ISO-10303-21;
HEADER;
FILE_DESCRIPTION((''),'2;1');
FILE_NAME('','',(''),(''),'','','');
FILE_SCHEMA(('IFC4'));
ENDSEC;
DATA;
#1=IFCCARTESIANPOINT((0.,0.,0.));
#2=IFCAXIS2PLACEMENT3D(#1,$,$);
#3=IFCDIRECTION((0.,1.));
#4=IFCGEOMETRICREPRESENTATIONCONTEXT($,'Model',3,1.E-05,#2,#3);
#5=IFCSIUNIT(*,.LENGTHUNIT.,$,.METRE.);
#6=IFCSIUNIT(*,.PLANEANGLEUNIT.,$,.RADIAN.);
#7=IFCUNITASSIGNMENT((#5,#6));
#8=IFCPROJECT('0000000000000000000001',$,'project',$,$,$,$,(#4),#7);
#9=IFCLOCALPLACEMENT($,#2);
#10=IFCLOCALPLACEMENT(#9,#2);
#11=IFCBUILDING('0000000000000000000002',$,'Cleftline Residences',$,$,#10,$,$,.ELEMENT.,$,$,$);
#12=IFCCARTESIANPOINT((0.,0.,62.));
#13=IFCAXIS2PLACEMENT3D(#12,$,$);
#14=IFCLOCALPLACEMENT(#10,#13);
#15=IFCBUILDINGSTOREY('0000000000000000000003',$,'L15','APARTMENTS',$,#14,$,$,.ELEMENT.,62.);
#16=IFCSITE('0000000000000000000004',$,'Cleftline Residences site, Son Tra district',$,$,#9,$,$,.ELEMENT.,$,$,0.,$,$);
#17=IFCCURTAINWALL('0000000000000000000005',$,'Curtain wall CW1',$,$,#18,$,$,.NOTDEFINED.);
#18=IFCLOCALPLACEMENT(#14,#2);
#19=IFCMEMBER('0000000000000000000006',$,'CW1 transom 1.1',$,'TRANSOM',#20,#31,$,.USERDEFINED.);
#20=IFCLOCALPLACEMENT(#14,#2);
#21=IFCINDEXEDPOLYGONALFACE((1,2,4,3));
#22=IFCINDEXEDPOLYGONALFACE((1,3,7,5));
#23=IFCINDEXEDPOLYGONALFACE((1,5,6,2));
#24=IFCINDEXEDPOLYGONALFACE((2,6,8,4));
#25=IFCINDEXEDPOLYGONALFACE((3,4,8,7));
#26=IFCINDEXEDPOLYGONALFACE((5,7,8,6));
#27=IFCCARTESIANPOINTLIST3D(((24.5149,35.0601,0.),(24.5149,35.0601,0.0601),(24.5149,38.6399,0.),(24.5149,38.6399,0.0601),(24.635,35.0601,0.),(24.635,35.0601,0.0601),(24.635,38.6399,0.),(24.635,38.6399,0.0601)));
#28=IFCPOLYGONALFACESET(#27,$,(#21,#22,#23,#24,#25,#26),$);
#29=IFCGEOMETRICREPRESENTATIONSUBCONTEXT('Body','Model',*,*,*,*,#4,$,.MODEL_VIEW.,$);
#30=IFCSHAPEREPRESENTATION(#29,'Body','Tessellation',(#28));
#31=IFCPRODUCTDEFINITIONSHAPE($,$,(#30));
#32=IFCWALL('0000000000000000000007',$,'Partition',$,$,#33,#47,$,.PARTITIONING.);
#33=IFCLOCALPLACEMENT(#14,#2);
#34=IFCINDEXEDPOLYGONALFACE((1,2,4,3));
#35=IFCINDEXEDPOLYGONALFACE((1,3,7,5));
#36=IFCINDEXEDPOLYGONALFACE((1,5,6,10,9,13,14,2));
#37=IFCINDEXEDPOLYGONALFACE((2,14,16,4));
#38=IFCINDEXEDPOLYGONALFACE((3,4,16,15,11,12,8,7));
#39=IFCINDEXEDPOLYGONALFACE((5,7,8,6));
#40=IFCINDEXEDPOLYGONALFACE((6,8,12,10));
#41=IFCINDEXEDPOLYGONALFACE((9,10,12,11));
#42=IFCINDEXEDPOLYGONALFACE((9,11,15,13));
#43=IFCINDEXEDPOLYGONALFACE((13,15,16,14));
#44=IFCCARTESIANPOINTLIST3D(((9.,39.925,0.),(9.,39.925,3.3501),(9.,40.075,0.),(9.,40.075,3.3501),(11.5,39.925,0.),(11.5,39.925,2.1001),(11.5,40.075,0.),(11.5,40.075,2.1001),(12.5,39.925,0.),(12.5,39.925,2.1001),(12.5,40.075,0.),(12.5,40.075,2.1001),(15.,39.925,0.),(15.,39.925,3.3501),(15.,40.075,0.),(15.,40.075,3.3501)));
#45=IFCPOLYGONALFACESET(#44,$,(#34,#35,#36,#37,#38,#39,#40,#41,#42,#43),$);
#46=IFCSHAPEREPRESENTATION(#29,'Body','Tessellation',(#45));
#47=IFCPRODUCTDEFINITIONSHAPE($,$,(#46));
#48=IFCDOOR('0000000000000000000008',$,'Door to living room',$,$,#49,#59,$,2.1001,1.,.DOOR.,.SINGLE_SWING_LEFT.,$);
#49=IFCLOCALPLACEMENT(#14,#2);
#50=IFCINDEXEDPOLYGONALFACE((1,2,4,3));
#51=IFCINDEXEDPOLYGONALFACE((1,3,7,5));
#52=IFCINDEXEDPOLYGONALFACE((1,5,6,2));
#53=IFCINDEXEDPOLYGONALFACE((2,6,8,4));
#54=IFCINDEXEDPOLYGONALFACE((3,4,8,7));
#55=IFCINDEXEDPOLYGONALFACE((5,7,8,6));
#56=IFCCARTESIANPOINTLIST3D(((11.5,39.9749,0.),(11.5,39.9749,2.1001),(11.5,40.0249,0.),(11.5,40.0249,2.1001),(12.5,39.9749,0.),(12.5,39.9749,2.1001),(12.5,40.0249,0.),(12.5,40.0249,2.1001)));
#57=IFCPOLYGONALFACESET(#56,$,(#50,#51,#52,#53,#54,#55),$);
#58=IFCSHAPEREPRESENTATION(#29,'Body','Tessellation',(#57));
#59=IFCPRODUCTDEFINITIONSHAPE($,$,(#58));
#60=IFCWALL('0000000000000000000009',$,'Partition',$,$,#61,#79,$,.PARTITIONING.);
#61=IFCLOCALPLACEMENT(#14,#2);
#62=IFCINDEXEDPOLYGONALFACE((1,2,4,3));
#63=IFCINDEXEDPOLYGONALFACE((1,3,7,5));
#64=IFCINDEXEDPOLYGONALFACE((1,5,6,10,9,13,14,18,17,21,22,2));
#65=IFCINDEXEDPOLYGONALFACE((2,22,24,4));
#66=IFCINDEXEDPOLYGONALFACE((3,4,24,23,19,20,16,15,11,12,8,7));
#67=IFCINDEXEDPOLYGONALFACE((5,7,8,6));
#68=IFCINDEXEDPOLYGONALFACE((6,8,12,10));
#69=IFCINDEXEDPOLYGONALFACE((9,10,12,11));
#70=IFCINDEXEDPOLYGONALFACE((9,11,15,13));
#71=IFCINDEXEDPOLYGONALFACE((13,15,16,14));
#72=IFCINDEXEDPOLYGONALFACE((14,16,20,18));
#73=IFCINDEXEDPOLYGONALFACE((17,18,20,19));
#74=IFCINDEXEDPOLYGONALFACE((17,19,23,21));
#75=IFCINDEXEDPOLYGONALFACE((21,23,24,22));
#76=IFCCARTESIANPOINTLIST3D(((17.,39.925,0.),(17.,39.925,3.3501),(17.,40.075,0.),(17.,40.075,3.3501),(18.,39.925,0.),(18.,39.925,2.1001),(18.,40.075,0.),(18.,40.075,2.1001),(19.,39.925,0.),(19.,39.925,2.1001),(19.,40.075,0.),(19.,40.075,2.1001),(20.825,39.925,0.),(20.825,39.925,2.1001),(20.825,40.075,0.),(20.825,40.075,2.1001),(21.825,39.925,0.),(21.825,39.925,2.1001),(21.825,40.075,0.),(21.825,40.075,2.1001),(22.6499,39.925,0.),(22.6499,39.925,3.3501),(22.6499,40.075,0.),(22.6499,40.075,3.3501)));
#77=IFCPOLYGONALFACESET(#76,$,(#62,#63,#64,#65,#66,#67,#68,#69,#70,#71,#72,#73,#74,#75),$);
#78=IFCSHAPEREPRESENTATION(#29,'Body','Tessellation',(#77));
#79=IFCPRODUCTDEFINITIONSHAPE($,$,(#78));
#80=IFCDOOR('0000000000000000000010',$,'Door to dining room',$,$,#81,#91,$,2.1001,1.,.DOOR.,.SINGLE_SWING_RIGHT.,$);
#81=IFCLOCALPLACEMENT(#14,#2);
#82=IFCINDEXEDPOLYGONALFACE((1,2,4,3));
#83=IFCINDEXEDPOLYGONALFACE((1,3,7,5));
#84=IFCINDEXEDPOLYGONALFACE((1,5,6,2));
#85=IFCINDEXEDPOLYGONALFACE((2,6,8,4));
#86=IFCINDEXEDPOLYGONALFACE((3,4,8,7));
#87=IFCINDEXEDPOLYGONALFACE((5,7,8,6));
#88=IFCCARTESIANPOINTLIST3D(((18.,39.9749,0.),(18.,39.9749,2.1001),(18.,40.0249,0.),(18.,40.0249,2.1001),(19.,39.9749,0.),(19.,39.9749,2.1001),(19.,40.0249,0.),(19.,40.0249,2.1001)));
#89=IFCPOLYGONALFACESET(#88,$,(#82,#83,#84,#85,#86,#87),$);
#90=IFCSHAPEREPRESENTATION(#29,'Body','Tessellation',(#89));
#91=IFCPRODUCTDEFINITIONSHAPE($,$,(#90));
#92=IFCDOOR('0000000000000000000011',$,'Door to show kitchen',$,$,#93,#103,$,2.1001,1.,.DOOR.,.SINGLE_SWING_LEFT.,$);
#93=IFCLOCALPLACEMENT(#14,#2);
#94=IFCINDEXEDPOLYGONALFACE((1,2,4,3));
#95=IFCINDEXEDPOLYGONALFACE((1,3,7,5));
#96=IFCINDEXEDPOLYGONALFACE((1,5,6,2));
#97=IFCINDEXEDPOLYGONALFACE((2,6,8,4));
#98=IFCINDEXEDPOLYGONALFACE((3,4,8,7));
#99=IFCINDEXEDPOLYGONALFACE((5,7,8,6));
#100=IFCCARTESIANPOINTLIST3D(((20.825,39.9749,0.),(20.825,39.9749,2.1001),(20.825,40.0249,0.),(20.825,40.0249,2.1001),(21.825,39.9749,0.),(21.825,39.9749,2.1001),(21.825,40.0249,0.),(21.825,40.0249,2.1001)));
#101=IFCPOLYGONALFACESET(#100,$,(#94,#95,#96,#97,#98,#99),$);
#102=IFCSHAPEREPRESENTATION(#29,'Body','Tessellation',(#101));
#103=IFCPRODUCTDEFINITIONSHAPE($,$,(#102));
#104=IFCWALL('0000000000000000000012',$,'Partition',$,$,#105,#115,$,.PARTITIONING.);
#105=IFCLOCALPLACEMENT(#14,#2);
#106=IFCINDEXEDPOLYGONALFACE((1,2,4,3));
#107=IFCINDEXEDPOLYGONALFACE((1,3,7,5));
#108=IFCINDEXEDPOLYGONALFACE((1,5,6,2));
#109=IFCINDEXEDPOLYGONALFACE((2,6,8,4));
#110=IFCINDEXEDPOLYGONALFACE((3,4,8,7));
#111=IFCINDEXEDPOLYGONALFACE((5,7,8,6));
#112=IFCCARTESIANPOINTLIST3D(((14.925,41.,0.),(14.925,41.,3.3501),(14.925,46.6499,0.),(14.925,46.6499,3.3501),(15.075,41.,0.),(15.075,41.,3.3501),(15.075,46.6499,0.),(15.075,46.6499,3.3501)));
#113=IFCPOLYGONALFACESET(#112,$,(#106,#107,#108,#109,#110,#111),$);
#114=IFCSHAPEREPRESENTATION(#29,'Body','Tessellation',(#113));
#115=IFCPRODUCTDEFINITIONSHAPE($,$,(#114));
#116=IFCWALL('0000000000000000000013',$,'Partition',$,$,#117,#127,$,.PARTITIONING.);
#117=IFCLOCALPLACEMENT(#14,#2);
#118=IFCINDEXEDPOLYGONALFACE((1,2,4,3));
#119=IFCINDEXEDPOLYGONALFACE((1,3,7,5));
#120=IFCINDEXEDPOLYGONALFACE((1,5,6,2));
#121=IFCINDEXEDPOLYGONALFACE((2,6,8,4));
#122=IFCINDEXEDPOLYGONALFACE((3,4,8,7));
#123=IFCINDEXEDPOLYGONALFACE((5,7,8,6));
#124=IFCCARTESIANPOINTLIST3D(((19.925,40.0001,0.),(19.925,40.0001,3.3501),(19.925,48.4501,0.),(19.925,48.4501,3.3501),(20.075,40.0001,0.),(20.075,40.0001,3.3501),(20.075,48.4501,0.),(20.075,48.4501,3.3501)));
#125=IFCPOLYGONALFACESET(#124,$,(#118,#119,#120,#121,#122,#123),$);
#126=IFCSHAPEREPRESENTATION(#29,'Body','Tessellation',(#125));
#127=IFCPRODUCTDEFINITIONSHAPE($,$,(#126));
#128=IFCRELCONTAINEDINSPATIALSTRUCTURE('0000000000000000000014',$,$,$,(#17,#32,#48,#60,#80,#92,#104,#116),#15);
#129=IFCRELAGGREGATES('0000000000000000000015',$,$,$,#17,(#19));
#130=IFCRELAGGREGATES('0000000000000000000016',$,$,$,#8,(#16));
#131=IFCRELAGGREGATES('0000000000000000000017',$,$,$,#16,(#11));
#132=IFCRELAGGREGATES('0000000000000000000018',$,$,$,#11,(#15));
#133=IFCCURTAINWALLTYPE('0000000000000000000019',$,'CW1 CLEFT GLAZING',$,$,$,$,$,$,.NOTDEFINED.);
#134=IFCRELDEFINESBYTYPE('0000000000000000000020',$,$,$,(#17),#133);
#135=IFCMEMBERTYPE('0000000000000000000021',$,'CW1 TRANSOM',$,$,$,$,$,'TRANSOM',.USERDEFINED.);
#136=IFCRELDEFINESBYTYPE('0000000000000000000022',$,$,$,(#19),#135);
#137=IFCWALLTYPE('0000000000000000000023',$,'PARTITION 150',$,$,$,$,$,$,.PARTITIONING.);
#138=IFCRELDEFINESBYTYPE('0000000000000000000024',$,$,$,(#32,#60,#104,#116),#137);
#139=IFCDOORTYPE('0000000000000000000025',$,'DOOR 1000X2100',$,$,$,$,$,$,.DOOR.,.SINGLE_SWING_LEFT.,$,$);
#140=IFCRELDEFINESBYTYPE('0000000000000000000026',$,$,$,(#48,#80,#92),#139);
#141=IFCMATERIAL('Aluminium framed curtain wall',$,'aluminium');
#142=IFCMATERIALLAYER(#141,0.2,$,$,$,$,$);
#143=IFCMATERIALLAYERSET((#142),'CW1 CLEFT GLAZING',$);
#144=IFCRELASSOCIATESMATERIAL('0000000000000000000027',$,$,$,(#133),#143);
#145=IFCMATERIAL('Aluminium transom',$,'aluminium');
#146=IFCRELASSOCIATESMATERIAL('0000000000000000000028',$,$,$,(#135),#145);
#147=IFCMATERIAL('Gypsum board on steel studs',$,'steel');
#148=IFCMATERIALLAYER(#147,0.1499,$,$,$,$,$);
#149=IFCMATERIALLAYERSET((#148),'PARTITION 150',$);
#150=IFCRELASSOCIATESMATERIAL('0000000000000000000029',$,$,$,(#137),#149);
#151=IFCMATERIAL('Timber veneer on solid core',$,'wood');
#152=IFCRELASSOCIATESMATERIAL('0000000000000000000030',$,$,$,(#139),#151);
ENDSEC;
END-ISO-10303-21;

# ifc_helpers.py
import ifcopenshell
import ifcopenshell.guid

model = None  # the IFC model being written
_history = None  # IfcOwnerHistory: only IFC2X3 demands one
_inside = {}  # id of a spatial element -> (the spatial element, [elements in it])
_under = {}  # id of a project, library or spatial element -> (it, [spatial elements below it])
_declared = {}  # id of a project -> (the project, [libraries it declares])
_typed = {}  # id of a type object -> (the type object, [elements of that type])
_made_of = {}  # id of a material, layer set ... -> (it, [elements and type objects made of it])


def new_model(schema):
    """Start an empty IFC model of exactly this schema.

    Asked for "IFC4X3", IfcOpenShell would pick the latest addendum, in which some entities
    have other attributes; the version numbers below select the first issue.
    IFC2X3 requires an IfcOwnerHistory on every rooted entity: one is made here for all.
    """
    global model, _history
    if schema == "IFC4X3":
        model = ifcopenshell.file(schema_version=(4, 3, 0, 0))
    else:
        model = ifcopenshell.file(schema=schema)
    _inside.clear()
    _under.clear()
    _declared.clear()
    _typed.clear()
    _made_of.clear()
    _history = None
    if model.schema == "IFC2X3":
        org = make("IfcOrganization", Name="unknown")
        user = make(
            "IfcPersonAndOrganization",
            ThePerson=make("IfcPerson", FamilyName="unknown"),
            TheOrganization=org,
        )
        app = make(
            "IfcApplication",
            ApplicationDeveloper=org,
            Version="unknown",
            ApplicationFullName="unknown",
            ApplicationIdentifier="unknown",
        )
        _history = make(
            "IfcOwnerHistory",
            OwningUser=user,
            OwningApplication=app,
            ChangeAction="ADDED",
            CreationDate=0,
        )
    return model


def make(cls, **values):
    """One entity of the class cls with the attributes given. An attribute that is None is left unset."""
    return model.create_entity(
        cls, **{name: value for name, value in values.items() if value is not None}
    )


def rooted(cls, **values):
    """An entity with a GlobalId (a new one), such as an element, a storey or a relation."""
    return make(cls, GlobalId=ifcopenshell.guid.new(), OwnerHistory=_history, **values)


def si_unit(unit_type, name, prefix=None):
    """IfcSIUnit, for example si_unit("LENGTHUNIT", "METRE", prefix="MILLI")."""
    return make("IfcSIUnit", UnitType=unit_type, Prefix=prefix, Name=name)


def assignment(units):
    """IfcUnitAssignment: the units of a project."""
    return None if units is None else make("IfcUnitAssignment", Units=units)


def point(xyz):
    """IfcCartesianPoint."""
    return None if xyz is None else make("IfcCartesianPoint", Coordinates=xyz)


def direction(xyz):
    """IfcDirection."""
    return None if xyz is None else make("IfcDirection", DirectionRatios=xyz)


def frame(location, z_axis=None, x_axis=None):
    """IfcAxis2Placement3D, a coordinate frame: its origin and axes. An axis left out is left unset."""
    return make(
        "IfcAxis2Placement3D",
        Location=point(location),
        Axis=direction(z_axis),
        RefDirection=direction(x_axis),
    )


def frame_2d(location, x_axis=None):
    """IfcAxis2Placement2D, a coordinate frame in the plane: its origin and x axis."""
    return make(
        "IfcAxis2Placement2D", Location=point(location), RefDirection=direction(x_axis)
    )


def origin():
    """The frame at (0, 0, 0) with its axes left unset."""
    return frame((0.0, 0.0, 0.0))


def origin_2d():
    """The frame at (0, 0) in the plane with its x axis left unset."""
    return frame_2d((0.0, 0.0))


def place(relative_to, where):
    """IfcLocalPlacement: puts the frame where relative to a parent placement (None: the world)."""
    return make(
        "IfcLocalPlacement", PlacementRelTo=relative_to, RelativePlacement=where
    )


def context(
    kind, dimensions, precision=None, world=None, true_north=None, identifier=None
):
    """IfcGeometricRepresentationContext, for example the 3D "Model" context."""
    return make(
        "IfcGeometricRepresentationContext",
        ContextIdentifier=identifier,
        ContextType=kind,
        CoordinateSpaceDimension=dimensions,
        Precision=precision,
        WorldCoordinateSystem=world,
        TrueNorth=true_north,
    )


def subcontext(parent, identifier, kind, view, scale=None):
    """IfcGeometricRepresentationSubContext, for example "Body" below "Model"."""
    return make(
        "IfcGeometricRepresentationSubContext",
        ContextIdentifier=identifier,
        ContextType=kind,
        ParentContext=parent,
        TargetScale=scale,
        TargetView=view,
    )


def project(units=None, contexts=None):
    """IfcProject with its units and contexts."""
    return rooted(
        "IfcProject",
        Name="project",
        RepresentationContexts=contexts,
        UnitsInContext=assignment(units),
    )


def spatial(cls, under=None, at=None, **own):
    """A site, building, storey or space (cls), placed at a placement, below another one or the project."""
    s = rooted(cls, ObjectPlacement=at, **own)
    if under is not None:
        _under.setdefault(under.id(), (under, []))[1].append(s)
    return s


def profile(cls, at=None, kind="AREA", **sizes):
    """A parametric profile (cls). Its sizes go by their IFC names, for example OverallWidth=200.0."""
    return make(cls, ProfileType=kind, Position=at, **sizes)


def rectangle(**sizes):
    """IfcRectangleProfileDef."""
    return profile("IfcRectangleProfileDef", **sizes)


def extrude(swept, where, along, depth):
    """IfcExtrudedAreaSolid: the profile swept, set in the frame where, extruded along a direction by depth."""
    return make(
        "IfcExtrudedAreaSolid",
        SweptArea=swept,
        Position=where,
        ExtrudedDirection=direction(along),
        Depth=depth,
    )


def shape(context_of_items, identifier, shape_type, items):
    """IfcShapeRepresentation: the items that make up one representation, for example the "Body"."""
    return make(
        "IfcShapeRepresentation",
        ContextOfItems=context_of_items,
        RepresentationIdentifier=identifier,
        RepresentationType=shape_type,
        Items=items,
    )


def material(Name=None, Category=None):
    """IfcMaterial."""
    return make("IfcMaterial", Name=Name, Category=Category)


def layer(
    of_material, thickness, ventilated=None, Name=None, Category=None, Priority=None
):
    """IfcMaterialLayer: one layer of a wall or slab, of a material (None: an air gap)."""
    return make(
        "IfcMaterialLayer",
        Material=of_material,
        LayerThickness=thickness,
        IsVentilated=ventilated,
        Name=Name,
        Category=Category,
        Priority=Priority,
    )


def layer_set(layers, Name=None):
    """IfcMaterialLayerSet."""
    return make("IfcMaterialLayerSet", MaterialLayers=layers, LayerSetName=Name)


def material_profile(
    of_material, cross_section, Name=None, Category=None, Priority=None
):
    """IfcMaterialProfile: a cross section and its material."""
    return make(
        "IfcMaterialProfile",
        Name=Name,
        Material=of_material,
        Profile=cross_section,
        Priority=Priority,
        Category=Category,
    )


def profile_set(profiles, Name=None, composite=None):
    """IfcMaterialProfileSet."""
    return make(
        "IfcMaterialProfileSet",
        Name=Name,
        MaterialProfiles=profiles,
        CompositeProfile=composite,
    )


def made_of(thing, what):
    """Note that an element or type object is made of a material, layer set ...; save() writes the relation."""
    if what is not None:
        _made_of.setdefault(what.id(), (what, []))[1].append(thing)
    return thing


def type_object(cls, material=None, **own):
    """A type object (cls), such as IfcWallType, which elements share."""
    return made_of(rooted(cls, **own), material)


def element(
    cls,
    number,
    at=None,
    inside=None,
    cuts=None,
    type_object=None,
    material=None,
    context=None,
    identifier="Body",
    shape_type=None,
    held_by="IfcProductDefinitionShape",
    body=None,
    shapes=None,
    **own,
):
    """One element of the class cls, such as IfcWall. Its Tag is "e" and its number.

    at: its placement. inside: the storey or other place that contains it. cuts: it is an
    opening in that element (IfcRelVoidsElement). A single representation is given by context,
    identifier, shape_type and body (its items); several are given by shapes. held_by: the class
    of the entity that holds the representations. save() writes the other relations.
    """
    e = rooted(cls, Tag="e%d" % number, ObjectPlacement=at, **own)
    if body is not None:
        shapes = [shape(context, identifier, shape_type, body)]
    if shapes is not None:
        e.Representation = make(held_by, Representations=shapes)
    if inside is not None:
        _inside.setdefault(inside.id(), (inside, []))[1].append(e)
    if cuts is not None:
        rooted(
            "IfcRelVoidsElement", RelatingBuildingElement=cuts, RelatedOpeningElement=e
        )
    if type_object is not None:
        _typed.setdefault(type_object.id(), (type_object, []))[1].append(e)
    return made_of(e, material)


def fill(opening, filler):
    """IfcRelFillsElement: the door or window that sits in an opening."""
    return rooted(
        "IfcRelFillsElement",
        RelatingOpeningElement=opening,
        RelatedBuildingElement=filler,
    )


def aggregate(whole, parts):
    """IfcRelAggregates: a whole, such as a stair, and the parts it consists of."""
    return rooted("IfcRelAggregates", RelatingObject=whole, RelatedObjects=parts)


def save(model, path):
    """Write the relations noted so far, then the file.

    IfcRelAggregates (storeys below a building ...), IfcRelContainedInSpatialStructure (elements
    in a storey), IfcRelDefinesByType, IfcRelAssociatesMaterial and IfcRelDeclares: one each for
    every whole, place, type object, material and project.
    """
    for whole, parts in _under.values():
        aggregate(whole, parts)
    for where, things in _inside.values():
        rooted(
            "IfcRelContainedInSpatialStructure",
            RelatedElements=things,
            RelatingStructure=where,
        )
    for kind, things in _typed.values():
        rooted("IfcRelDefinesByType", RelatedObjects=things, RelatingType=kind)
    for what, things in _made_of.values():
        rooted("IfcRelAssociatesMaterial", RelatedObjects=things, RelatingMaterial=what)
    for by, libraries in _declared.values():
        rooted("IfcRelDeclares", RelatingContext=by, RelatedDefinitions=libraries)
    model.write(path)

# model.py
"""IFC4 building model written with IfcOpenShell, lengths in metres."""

from ifc_helpers import new_model, si_unit, direction, frame, frame_2d, origin, origin_2d, place, context, subcontext, project, spatial, rectangle, extrude, material, layer, layer_set, material_profile, profile_set, type_object, element, fill, aggregate, save


model = new_model("IFC4")

# Units and contexts
model_context = context("Model", 3, precision=1e-05, world=origin(), true_north=direction((0.0, 1.0)))
body_context = subcontext(model_context, "Body", "Model", "MODEL_VIEW")
ifc_project = project(units=[si_unit("LENGTHUNIT", "METRE"), si_unit("PLANEANGLEUNIT", "RADIAN")], contexts=[model_context])

# Site, building, storey
site_placement = place(None, origin())
site = spatial("IfcSite", under=ifc_project, at=site_placement, Name="Cleftline Residences site, Son Tra district", CompositionType="ELEMENT", RefElevation=0.0)
building_placement = place(site_placement, origin())
building = spatial("IfcBuilding", under=site, at=building_placement, Name="Cleftline Residences", CompositionType="ELEMENT")
storey_placement = place(building_placement, frame((0.0, 0.0, 62.0)))
storey = spatial("IfcBuildingStorey", under=building, at=storey_placement, Name="L15", Description="APARTMENTS", CompositionType="ELEMENT", Elevation=62.0)

# Curtain wall, member
ifc_material_1 = material(Name="Aluminium framed curtain wall", Category="aluminium")
ifc_layer_1 = layer(ifc_material_1, 0.2)
ifc_layer_set_1 = layer_set([ifc_layer_1], Name="CW1 CLEFT GLAZING")
curtain_wall_type = type_object("IfcCurtainWallType", Name="CW1 CLEFT GLAZING", PredefinedType="NOTDEFINED", material=ifc_layer_set_1)
curtain_wall_placement = place(storey_placement, origin())
curtain_wall = element("IfcCurtainWall", 1, at=curtain_wall_placement, inside=storey, type_object=curtain_wall_type, Name="Curtain wall CW1", PredefinedType="NOTDEFINED")
ifc_material_2 = material(Name="Aluminium transom", Category="aluminium")
ifc_material_profile_1 = material_profile(ifc_material_2, rectangle(XDim=0.1201, YDim=0.0601, at=origin_2d()))
ifc_profile_set_1 = profile_set([ifc_material_profile_1], Name="Aluminium transom")
member_type = type_object("IfcMemberType", Name="CW1 TRANSOM", ElementType="TRANSOM", PredefinedType="USERDEFINED", material=ifc_profile_set_1)
member_placement = place(storey_placement, frame((24.575, 35.0601, 0.03), z_axis=(0.0, 1.0, 0.0), x_axis=(-1.0, 0.0, 0.0)))
member = element("IfcMember", 2, at=member_placement, type_object=member_type, Name="CW1 transom 1.1", ObjectType="TRANSOM", PredefinedType="USERDEFINED", context=body_context, shape_type="SweptSolid", body=[
    extrude(rectangle(XDim=0.1201, YDim=0.0601, at=origin_2d()), origin(), (0.0, 0.0, 1.0), 3.5798),
])
aggregate(curtain_wall, [member])

# Wall, opening, door
ifc_material_3 = material(Name="Gypsum board on steel studs", Category="steel")
ifc_layer_2 = layer(ifc_material_3, 0.1499)
ifc_layer_set_2 = layer_set([ifc_layer_2], Name="PARTITION 150")
wall_type = type_object("IfcWallType", Name="PARTITION 150", PredefinedType="PARTITIONING", material=ifc_layer_set_2)
wall_1_placement = place(storey_placement, frame((9.0, 40.0, 0.0), z_axis=(0.0, 0.0, 1.0), x_axis=(1.0, 0.0, 0.0)))
wall_1 = element("IfcWall", 3, at=wall_1_placement, inside=storey, type_object=wall_type, Name="Partition", PredefinedType="PARTITIONING", context=body_context, shape_type="SweptSolid", body=[
    extrude(rectangle(XDim=6.0, YDim=0.1499, at=frame_2d((3.0, 0.0))), origin(), (0.0, 0.0, 1.0), 3.3501),
])
opening_1_placement = place(wall_1_placement, frame((2.5, 0.0, 0.0)))
opening_1 = element("IfcOpeningElement", 4, at=opening_1_placement, cuts=wall_1, PredefinedType="OPENING", context=body_context, shape_type="SweptSolid", body=[
    extrude(rectangle(XDim=1.0, YDim=2.1001, at=frame_2d((0.5, 1.05))), frame((0.0, 0.085, 0.0), z_axis=(0.0, -1.0, 0.0), x_axis=(1.0, 0.0, 0.0)), (0.0, 0.0, 1.0), 0.1699),
])
ifc_material_4 = material(Name="Timber veneer on solid core", Category="wood")
door_type = type_object("IfcDoorType", Name="DOOR 1000X2100", OperationType="SINGLE_SWING_LEFT", PredefinedType="DOOR", material=ifc_material_4)
door_1_placement = place(opening_1_placement, origin())
door_1 = element("IfcDoor", 5, at=door_1_placement, inside=storey, type_object=door_type, Name="Door to living room", OperationType="SINGLE_SWING_LEFT", OverallHeight=2.1001, OverallWidth=1.0, PredefinedType="DOOR", context=body_context, shape_type="SweptSolid", body=[
    extrude(rectangle(XDim=1.0, YDim=2.1001, at=frame_2d((0.5, 1.05))), frame((0.0, 0.0249, 0.0), z_axis=(0.0, -1.0, 0.0), x_axis=(1.0, 0.0, 0.0)), (0.0, 0.0, 1.0), 0.05),
])
fill(opening_1, door_1)

# Wall, openings, doors
wall_2_placement = place(storey_placement, frame((17.0, 40.0, 0.0), z_axis=(0.0, 0.0, 1.0), x_axis=(1.0, 0.0, 0.0)))
wall_2 = element("IfcWall", 6, at=wall_2_placement, inside=storey, type_object=wall_type, Name="Partition", PredefinedType="PARTITIONING", context=body_context, shape_type="SweptSolid", body=[
    extrude(rectangle(XDim=5.6499, YDim=0.1499, at=frame_2d((2.825, 0.0))), origin(), (0.0, 0.0, 1.0), 3.3501),
])
opening_2_placement = place(wall_2_placement, frame((1.0, 0.0, 0.0)))
opening_2 = element("IfcOpeningElement", 7, at=opening_2_placement, cuts=wall_2, PredefinedType="OPENING", context=body_context, shape_type="SweptSolid", body=[
    extrude(rectangle(XDim=1.0, YDim=2.1001, at=frame_2d((0.5, 1.05))), frame((0.0, 0.085, 0.0), z_axis=(0.0, -1.0, 0.0), x_axis=(1.0, 0.0, 0.0)), (0.0, 0.0, 1.0), 0.1699),
])
opening_3_placement = place(wall_2_placement, frame((3.825, 0.0, 0.0)))
opening_3 = element("IfcOpeningElement", 8, at=opening_3_placement, cuts=wall_2, PredefinedType="OPENING", context=body_context, shape_type="SweptSolid", body=[
    extrude(rectangle(XDim=1.0, YDim=2.1001, at=frame_2d((0.5, 1.05))), frame((0.0, 0.085, 0.0), z_axis=(0.0, -1.0, 0.0), x_axis=(1.0, 0.0, 0.0)), (0.0, 0.0, 1.0), 0.1699),
])
door_2_placement = place(opening_2_placement, origin())
door_2 = element("IfcDoor", 9, at=door_2_placement, inside=storey, type_object=door_type, Name="Door to dining room", OperationType="SINGLE_SWING_RIGHT", OverallHeight=2.1001, OverallWidth=1.0, PredefinedType="DOOR", context=body_context, shape_type="SweptSolid", body=[
    extrude(rectangle(XDim=1.0, YDim=2.1001, at=frame_2d((0.5, 1.05))), frame((0.0, 0.0249, 0.0), z_axis=(0.0, -1.0, 0.0), x_axis=(1.0, 0.0, 0.0)), (0.0, 0.0, 1.0), 0.05),
])
fill(opening_2, door_2)
door_3_placement = place(opening_3_placement, origin())
door_3 = element("IfcDoor", 10, at=door_3_placement, inside=storey, type_object=door_type, Name="Door to show kitchen", OperationType="SINGLE_SWING_LEFT", OverallHeight=2.1001, OverallWidth=1.0, PredefinedType="DOOR", context=body_context, shape_type="SweptSolid", body=[
    extrude(rectangle(XDim=1.0, YDim=2.1001, at=frame_2d((0.5, 1.05))), frame((0.0, 0.0249, 0.0), z_axis=(0.0, -1.0, 0.0), x_axis=(1.0, 0.0, 0.0)), (0.0, 0.0, 1.0), 0.05),
])
fill(opening_3, door_3)

# Walls
wall_3_placement = place(storey_placement, frame((15.0, 41.0, 0.0), z_axis=(0.0, 0.0, 1.0), x_axis=(0.0, 1.0, 0.0)))
element("IfcWall", 11, at=wall_3_placement, inside=storey, type_object=wall_type, Name="Partition", PredefinedType="PARTITIONING", context=body_context, shape_type="SweptSolid", body=[
    extrude(rectangle(XDim=5.6499, YDim=0.1499, at=frame_2d((2.825, 0.0))), origin(), (0.0, 0.0, 1.0), 3.3501),
])
wall_4_placement = place(storey_placement, frame((20.0, 40.0, 0.0), z_axis=(0.0, 0.0, 1.0), x_axis=(0.0, 1.0, 0.0)))
element("IfcWall", 12, at=wall_4_placement, inside=storey, type_object=wall_type, Name="Partition", PredefinedType="PARTITIONING", context=body_context, shape_type="SweptSolid", body=[
    extrude(rectangle(XDim=8.45, YDim=0.1499, at=frame_2d((4.2251, 0.0))), origin(), (0.0, 0.0, 1.0), 3.3501),
])

save(model, "model.ifc")
